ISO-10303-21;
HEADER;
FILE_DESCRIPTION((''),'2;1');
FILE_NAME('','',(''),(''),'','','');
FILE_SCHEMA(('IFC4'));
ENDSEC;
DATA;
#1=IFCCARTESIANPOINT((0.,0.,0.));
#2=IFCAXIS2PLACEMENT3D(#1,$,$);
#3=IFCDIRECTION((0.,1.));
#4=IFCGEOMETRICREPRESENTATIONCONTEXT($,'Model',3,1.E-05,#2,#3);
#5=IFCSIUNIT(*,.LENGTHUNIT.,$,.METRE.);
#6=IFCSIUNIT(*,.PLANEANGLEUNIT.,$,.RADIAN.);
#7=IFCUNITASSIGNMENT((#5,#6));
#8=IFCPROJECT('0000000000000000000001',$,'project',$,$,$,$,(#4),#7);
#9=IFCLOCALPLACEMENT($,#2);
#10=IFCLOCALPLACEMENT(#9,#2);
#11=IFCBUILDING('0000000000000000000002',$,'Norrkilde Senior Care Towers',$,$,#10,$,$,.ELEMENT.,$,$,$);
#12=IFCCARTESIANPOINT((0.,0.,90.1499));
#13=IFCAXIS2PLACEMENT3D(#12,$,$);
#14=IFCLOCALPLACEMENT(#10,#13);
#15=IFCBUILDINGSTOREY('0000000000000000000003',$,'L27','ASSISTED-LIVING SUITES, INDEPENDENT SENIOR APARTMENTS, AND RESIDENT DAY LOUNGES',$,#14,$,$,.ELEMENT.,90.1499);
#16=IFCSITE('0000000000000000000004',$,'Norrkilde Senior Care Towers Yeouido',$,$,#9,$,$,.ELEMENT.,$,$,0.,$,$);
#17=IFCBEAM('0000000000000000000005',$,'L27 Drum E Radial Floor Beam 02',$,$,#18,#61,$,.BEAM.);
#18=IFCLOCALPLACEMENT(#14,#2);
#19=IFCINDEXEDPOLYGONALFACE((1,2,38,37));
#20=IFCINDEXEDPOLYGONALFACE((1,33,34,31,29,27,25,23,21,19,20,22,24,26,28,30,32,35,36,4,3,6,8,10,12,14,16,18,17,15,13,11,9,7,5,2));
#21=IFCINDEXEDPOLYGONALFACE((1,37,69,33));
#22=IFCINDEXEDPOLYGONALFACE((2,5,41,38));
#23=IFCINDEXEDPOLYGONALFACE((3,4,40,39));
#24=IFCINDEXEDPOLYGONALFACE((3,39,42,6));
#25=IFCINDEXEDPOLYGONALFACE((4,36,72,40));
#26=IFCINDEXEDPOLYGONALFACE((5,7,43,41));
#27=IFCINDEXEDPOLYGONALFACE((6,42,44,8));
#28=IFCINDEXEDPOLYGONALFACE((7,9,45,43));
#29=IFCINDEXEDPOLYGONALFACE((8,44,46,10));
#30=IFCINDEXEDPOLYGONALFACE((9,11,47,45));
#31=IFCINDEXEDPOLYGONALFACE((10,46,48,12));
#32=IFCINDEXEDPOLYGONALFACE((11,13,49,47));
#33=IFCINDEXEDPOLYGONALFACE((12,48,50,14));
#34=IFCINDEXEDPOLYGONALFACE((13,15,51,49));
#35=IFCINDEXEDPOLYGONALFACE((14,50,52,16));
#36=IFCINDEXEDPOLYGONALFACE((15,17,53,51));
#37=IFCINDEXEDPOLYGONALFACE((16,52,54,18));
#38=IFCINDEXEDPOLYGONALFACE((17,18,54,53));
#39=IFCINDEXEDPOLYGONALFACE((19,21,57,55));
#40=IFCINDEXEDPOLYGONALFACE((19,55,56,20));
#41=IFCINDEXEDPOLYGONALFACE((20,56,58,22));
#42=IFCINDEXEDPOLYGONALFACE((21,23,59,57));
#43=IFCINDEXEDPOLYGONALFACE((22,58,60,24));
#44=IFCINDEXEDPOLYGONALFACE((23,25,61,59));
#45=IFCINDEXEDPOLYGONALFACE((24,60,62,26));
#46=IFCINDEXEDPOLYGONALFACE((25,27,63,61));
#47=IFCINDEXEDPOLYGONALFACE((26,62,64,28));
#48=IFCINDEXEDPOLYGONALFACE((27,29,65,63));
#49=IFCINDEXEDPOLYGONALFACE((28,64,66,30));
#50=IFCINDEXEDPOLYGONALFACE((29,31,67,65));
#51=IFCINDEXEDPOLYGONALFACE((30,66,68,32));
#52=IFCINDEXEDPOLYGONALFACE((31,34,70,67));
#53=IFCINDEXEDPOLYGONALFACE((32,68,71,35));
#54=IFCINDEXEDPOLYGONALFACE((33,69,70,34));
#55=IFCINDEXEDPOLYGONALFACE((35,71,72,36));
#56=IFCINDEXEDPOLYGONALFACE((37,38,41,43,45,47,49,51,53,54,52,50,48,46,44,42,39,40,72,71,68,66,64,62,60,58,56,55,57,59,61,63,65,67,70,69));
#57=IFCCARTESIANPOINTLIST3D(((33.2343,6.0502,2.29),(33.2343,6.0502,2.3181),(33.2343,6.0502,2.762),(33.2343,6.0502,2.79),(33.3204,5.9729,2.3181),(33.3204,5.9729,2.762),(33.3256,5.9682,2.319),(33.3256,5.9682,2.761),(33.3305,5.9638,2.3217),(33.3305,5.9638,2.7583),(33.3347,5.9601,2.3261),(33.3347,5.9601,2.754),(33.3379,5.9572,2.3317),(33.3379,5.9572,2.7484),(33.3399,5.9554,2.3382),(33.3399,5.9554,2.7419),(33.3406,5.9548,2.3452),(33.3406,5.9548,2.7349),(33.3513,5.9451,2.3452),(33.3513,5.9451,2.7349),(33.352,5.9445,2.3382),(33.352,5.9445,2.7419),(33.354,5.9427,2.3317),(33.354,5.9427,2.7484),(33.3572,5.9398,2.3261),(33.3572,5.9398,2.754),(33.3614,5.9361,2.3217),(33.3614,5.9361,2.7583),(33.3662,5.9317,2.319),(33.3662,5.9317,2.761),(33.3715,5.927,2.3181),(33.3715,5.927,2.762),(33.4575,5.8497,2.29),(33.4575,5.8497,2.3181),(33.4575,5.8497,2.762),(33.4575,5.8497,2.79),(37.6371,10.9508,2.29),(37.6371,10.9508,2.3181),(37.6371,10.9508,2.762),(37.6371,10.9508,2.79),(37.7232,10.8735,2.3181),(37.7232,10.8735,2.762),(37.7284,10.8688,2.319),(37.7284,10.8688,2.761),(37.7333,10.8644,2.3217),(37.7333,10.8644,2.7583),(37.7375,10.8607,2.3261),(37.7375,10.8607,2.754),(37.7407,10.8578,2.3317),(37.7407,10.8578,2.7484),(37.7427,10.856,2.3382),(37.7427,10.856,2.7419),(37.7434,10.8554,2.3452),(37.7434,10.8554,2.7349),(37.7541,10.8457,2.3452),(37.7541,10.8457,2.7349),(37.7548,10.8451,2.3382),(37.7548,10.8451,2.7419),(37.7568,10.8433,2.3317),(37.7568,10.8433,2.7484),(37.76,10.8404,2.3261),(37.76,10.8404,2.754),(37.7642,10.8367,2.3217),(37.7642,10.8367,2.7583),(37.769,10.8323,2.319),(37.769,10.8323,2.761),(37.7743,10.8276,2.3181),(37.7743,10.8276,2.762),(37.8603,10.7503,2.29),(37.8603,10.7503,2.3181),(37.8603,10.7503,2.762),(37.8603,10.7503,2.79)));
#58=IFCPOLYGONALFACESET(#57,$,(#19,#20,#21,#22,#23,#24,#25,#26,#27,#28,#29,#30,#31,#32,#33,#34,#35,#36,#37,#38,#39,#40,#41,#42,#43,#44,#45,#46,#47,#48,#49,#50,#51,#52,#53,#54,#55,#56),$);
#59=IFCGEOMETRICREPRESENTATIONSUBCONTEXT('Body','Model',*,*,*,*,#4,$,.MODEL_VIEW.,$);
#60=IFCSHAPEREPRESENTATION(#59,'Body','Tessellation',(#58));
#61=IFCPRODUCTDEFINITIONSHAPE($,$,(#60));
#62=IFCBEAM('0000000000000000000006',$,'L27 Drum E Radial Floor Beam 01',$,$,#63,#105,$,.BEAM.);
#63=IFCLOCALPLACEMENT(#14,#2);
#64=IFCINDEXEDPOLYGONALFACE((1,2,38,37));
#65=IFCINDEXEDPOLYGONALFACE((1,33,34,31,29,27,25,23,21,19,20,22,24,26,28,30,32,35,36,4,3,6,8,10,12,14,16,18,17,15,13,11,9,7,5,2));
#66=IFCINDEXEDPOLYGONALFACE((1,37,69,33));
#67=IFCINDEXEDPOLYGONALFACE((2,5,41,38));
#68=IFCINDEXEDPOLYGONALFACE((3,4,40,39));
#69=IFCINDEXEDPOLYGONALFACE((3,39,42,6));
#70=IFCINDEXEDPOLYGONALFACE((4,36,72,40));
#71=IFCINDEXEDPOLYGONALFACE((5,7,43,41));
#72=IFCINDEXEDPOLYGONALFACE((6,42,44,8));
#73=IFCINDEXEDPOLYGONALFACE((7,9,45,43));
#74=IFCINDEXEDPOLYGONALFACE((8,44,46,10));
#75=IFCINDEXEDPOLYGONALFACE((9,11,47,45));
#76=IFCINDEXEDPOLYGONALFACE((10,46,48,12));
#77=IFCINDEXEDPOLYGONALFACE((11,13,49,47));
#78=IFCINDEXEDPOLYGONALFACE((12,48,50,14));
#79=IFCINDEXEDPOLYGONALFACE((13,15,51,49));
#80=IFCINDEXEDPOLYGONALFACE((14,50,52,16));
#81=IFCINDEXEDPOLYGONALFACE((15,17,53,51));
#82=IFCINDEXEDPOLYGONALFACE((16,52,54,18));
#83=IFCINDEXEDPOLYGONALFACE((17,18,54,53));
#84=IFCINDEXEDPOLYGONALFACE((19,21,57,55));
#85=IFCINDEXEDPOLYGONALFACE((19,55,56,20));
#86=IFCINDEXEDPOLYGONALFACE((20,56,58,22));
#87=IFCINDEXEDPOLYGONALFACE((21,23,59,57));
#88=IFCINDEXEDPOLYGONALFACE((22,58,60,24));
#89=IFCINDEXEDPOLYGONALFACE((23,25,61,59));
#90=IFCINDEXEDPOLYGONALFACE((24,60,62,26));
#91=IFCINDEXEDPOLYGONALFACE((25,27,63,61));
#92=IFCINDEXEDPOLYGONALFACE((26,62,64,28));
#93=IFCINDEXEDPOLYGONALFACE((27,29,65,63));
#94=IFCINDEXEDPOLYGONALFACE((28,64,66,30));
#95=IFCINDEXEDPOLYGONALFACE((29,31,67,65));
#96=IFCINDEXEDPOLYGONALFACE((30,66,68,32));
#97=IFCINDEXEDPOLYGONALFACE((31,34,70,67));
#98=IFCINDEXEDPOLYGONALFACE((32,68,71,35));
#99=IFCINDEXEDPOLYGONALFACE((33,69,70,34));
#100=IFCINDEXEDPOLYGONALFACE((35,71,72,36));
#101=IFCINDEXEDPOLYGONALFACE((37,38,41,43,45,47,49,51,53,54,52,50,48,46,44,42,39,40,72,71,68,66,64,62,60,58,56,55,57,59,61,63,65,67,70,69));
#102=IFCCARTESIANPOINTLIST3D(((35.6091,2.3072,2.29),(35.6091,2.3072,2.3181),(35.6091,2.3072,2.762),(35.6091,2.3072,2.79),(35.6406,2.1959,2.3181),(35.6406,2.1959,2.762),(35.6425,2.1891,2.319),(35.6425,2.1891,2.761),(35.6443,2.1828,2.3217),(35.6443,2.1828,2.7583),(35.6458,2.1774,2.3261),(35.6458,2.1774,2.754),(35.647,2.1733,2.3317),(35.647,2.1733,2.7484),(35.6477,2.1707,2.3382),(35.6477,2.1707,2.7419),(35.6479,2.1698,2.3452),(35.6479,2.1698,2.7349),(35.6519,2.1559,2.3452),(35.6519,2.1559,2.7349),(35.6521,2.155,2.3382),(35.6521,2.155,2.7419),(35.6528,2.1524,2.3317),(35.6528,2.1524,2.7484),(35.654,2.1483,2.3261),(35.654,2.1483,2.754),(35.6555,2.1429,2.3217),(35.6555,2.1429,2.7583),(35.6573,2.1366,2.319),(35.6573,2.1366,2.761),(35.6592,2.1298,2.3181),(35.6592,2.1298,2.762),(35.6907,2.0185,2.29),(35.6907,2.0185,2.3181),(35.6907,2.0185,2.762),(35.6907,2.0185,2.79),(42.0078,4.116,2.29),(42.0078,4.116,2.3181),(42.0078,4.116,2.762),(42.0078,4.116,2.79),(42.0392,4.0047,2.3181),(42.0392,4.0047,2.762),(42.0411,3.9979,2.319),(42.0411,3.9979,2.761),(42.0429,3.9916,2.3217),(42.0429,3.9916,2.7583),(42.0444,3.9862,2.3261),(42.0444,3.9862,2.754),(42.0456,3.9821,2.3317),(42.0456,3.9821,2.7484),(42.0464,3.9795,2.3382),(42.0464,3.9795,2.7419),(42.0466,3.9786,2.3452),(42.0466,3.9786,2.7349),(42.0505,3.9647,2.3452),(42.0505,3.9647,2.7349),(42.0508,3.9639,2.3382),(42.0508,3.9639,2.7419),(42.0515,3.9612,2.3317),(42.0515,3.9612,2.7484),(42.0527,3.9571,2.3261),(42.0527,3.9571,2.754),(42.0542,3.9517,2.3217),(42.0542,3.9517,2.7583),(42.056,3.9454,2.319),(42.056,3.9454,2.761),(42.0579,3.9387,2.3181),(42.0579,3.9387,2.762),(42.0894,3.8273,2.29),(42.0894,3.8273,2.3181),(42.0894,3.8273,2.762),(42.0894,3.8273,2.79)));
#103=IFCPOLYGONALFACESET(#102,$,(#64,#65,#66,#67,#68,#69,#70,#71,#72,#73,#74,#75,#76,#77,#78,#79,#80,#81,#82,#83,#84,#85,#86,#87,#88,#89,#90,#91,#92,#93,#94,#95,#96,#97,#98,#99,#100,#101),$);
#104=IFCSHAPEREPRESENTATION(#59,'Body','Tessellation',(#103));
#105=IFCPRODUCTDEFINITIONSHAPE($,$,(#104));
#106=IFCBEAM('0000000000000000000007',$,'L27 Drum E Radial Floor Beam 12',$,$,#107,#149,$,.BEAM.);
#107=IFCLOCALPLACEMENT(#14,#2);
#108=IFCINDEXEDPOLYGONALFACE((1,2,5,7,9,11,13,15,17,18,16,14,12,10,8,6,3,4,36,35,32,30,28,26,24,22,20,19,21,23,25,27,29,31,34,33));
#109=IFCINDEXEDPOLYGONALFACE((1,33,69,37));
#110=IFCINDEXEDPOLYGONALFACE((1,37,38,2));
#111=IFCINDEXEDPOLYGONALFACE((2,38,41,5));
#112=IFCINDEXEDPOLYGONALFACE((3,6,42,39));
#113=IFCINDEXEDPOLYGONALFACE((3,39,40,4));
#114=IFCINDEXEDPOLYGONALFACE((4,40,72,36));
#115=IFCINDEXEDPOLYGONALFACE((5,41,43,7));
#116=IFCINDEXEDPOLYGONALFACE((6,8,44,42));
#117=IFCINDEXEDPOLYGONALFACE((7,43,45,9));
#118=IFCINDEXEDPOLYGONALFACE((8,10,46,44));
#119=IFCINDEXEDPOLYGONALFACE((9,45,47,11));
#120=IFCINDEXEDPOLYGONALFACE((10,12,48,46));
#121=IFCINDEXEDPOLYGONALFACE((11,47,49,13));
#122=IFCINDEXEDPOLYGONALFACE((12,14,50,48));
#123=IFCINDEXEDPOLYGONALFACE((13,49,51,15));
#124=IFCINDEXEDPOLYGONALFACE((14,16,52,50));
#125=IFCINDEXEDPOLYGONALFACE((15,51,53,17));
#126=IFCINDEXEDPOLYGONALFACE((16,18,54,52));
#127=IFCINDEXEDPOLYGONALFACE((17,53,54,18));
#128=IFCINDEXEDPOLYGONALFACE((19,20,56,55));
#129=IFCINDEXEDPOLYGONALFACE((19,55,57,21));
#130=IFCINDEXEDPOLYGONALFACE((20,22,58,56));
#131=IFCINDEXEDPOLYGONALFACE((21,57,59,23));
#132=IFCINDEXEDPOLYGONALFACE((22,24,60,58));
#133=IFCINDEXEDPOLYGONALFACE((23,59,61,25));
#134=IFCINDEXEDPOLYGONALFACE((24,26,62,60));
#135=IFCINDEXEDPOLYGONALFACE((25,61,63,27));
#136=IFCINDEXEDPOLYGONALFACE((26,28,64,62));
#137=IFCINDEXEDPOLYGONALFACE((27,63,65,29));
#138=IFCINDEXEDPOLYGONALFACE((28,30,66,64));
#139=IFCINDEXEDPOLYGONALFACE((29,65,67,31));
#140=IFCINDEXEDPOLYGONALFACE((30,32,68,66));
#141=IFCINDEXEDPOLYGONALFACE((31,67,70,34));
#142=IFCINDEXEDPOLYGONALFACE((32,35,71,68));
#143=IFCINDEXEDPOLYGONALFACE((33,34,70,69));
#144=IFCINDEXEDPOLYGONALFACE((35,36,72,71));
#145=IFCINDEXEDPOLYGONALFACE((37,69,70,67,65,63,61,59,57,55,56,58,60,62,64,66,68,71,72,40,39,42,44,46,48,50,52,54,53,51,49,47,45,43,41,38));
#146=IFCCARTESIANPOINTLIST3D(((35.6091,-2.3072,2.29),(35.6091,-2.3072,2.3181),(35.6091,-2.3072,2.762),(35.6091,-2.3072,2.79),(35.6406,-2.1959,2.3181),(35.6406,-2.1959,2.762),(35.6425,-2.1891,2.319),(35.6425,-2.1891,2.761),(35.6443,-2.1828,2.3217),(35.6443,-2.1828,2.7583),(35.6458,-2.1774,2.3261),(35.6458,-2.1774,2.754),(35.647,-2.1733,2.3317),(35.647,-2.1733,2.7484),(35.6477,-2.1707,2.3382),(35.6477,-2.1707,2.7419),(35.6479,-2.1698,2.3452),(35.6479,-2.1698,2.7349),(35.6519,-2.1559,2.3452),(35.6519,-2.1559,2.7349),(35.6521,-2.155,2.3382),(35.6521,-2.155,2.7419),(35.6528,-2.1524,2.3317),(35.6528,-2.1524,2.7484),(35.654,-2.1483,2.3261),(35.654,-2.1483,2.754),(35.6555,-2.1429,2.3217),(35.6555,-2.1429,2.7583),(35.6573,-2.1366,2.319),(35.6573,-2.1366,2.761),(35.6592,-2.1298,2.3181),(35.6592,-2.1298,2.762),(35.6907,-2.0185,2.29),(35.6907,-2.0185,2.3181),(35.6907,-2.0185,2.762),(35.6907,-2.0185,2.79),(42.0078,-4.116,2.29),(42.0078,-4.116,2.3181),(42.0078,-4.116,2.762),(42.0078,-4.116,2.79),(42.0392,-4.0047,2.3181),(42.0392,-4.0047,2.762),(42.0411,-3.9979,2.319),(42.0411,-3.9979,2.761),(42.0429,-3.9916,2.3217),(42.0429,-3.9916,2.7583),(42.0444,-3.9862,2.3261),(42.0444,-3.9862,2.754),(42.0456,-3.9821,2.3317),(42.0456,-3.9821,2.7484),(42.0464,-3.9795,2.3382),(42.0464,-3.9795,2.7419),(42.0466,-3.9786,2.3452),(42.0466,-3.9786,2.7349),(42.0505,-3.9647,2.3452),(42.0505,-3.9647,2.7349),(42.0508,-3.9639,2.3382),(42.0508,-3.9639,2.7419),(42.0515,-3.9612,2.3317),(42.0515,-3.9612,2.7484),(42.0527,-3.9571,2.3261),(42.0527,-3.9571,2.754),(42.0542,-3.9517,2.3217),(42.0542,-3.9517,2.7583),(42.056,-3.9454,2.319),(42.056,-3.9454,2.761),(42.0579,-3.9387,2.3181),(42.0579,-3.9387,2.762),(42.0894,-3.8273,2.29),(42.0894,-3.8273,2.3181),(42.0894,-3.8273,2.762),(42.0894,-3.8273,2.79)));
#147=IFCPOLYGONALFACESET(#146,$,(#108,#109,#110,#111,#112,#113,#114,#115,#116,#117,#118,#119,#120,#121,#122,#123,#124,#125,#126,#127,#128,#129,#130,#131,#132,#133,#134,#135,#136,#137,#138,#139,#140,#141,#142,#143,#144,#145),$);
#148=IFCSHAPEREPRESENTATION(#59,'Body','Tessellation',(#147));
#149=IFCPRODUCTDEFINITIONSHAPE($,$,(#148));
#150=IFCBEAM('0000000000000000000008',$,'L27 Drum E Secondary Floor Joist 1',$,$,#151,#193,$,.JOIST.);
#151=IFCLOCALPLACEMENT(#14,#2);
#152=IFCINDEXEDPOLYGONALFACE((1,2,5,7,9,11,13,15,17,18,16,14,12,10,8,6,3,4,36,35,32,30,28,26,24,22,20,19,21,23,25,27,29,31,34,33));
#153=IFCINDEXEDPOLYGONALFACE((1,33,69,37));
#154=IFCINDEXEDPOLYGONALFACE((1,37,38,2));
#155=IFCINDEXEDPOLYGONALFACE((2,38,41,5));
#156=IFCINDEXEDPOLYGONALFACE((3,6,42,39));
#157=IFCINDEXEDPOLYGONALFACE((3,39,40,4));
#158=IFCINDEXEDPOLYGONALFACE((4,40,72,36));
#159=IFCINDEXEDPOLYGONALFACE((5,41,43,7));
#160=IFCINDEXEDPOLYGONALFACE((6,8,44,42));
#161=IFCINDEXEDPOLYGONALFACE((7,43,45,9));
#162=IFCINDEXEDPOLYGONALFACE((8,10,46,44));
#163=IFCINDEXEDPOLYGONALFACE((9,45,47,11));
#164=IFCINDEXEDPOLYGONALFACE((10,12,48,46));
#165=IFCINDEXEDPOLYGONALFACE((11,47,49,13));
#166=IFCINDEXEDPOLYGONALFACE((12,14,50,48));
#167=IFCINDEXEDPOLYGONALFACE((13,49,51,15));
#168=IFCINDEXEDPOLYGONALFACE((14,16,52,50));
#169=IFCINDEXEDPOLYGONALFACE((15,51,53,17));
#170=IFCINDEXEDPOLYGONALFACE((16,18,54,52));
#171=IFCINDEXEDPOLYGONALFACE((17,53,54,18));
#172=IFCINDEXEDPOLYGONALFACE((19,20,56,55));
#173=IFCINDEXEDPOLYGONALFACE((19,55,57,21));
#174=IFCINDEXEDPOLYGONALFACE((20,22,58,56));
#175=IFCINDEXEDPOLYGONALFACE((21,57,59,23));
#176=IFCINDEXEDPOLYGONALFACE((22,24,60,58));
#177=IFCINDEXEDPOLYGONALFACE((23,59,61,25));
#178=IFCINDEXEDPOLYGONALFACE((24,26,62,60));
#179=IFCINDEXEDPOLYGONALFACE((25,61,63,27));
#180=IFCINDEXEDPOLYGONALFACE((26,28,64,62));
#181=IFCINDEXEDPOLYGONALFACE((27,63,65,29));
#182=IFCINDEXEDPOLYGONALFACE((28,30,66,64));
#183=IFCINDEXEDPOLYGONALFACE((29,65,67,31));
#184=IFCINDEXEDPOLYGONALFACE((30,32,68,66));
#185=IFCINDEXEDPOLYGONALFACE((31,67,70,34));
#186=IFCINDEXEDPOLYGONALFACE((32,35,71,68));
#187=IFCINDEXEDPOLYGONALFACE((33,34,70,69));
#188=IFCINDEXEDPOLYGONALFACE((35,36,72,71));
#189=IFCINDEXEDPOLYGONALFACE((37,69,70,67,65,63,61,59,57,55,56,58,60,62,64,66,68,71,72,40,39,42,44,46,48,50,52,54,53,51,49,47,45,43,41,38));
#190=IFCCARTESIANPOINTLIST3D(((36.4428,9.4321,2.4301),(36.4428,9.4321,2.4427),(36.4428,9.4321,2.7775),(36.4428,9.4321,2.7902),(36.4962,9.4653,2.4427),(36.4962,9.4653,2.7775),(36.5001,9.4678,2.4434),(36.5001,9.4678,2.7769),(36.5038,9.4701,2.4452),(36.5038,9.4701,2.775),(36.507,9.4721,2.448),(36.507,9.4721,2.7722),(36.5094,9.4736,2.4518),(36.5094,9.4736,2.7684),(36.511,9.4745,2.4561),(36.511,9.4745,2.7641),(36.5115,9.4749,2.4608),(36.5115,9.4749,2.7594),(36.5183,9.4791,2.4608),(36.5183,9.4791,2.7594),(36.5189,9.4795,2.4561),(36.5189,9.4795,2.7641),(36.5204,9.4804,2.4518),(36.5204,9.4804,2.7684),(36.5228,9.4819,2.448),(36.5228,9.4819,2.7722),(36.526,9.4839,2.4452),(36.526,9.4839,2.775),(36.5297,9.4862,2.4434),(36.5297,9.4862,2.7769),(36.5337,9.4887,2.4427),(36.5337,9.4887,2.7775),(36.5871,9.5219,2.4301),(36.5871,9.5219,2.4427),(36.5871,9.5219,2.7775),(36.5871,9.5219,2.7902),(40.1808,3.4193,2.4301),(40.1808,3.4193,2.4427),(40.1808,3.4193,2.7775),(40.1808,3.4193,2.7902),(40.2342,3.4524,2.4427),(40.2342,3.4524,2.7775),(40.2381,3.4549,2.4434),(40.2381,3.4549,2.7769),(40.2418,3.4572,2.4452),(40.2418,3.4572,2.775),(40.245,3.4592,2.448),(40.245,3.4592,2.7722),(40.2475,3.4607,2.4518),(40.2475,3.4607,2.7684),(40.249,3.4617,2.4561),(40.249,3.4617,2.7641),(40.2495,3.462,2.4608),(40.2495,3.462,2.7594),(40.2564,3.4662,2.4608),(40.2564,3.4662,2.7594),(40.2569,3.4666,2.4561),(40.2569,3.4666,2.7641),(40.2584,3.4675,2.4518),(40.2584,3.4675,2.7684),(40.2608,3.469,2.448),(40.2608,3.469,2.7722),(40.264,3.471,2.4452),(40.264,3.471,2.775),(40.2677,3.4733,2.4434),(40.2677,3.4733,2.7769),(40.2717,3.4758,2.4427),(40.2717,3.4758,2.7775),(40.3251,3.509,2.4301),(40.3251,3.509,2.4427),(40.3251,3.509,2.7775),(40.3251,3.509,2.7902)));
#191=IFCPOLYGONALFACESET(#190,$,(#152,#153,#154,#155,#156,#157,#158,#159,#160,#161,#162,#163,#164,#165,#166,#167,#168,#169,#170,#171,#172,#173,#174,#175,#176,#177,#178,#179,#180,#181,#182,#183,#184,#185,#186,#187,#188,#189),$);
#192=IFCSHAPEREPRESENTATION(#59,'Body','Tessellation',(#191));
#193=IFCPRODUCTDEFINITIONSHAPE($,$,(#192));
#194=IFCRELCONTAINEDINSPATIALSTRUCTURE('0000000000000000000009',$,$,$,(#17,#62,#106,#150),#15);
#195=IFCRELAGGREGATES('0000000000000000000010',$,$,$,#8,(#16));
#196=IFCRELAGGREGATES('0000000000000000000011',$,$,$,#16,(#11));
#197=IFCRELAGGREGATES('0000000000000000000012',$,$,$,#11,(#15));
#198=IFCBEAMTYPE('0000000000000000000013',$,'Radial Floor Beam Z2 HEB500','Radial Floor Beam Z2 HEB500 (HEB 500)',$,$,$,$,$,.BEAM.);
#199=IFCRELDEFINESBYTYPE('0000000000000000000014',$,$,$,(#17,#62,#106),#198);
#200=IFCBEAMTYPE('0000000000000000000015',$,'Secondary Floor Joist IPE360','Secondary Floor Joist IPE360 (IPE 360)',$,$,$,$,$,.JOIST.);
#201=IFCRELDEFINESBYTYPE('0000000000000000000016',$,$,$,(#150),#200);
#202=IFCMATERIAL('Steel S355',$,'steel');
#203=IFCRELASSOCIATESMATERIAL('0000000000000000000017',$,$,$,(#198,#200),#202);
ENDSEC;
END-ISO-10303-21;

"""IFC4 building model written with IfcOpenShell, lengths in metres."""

from ifc_helpers import new_model, si_unit, direction, frame, origin, origin_2d, place, context, subcontext, project, spatial, i_section, extrude, source, transform, mapped, material, material_profile, profile_set, type_object, type_shapes, element, save


model = new_model("IFC4")

# Units and contexts
model_context = context("Model", 3, precision=1e-05, world=origin(), true_north=direction((0.0, 1.0)))
body_context = subcontext(model_context, "Body", "Model", "MODEL_VIEW")
ifc_project = project(units=[si_unit("LENGTHUNIT", "METRE"), si_unit("PLANEANGLEUNIT", "RADIAN")], contexts=[model_context])

# Site, building, storey
site_placement = place(None, origin())
site = spatial("IfcSite", under=ifc_project, at=site_placement, Name="Norrkilde Senior Care Towers Yeouido", CompositionType="ELEMENT", RefElevation=0.0)
building_placement = place(site_placement, origin())
building = spatial("IfcBuilding", under=site, at=building_placement, Name="Norrkilde Senior Care Towers", CompositionType="ELEMENT")
storey_placement = place(building_placement, frame((0.0, 0.0, 90.1499)))
storey = spatial("IfcBuildingStorey", under=building, at=storey_placement, Name="L27", Description="ASSISTED-LIVING SUITES, INDEPENDENT SENIOR APARTMENTS, AND RESIDENT DAY LOUNGES", CompositionType="ELEMENT", Elevation=90.1499)

# Beams
ifc_material_1 = material(Name="Steel S355", Category="steel")
ifc_material_profile_1 = material_profile(ifc_material_1, i_section(OverallWidth=0.3, OverallDepth=0.5, WebThickness=0.0144, FlangeThickness=0.0281, FilletRadius=0.0271, at=origin_2d()), Name="HEB 500")
ifc_profile_set_1 = profile_set([ifc_material_profile_1], Name="Steel S355")
beam_type_1 = type_object("IfcBeamType", Name="Radial Floor Beam Z2 HEB500", Description="Radial Floor Beam Z2 HEB500 (HEB 500)", PredefinedType="BEAM", material=ifc_profile_set_1)
shared_shape_1 = source(origin(), body_context, "Body", "SweptSolid", [
    extrude(i_section(OverallWidth=0.3, OverallDepth=0.5, WebThickness=0.0144, FlangeThickness=0.0281, FilletRadius=0.0271, at=origin_2d()), origin(), (0.0, 0.0, 1.0), 6.5879),
])
beam_1_placement = place(storey_placement, frame((33.3459, 5.95, 2.54), z_axis=(0.668315, 0.743878, 0.0), x_axis=(-0.743878, 0.668315, 0.0)))
element("IfcBeam", 1, at=beam_1_placement, inside=storey, type_object=beam_type_1, Name="L27 Drum E Radial Floor Beam 02", PredefinedType="BEAM", context=body_context, shape_type="MappedRepresentation", body=[
    mapped(shared_shape_1, transform((0.0, 0.0, 0.0), x_axis=(1.0, 0.0, 0.0), y_axis=(0.0, 1.0, 0.0), z_axis=(0.0, 0.0, 1.0), scale=1.0)),
])
shared_shape_2 = source(origin(), body_context, "Body", "SweptSolid", [
    extrude(i_section(OverallWidth=0.3, OverallDepth=0.5, WebThickness=0.0144, FlangeThickness=0.0281, FilletRadius=0.0271, at=origin_2d()), origin(), (0.0, 0.0, 1.0), 6.6494),
])
for number, where, z_axis, x_axis, name in (
    (2, (35.6499, 2.1628, 2.54), (0.962289, 0.272029, 0.0), (-0.272029, 0.962289, 0.0), "L27 Drum E Radial Floor Beam 01"),
    (3, (35.6499, -2.1628, 2.54), (0.962289, -0.272029, 0.0), (0.272029, 0.962289, 0.0), "L27 Drum E Radial Floor Beam 12"),
):
    element("IfcBeam", number, at=place(storey_placement, frame(where, z_axis=z_axis, x_axis=x_axis)), inside=storey, type_object=beam_type_1, Name=name, PredefinedType="BEAM", context=body_context, shape_type="MappedRepresentation", body=[
        mapped(shared_shape_2, transform((0.0, 0.0, 0.0), x_axis=(1.0, 0.0, 0.0), y_axis=(0.0, 1.0, 0.0), z_axis=(0.0, 0.0, 1.0), scale=1.0)),
    ])
ifc_material_profile_2 = material_profile(ifc_material_1, i_section(OverallWidth=0.1699, OverallDepth=0.3601, WebThickness=0.0081, FlangeThickness=0.0127, FilletRadius=0.0181, at=origin_2d()), Name="IPE 360")
ifc_profile_set_2 = profile_set([ifc_material_profile_2], Name="Steel S355")
beam_type_2 = type_object("IfcBeamType", Name="Secondary Floor Joist IPE360", Description="Secondary Floor Joist IPE360 (IPE 360)", PredefinedType="JOIST", material=ifc_profile_set_2)
shared_shape_3 = source(origin(), body_context, "Body", "SweptSolid", [
    extrude(i_section(OverallWidth=0.1699, OverallDepth=0.3601, WebThickness=0.0081, FlangeThickness=0.0127, FilletRadius=0.0181, at=origin_2d()), origin(), (0.0, 0.0, 1.0), 7.0801),
])
type_shapes(beam_type_2, [shared_shape_3])
beam_2_placement = place(storey_placement, frame((40.2529, 3.4641, 2.6101), z_axis=(-0.527961, 0.849269, 0.0), x_axis=(-0.849269, -0.527961, 0.0)))
element("IfcBeam", 4, at=beam_2_placement, inside=storey, type_object=beam_type_2, Name="L27 Drum E Secondary Floor Joist 1", PredefinedType="JOIST", context=body_context, shape_type="MappedRepresentation", body=[
    mapped(shared_shape_3, transform((0.0, 0.0, 0.0), x_axis=(1.0, 0.0, 0.0), y_axis=(0.0, 1.0, 0.0), z_axis=(0.0, 0.0, 1.0), scale=1.0)),
])

save(model, "model.ifc")
